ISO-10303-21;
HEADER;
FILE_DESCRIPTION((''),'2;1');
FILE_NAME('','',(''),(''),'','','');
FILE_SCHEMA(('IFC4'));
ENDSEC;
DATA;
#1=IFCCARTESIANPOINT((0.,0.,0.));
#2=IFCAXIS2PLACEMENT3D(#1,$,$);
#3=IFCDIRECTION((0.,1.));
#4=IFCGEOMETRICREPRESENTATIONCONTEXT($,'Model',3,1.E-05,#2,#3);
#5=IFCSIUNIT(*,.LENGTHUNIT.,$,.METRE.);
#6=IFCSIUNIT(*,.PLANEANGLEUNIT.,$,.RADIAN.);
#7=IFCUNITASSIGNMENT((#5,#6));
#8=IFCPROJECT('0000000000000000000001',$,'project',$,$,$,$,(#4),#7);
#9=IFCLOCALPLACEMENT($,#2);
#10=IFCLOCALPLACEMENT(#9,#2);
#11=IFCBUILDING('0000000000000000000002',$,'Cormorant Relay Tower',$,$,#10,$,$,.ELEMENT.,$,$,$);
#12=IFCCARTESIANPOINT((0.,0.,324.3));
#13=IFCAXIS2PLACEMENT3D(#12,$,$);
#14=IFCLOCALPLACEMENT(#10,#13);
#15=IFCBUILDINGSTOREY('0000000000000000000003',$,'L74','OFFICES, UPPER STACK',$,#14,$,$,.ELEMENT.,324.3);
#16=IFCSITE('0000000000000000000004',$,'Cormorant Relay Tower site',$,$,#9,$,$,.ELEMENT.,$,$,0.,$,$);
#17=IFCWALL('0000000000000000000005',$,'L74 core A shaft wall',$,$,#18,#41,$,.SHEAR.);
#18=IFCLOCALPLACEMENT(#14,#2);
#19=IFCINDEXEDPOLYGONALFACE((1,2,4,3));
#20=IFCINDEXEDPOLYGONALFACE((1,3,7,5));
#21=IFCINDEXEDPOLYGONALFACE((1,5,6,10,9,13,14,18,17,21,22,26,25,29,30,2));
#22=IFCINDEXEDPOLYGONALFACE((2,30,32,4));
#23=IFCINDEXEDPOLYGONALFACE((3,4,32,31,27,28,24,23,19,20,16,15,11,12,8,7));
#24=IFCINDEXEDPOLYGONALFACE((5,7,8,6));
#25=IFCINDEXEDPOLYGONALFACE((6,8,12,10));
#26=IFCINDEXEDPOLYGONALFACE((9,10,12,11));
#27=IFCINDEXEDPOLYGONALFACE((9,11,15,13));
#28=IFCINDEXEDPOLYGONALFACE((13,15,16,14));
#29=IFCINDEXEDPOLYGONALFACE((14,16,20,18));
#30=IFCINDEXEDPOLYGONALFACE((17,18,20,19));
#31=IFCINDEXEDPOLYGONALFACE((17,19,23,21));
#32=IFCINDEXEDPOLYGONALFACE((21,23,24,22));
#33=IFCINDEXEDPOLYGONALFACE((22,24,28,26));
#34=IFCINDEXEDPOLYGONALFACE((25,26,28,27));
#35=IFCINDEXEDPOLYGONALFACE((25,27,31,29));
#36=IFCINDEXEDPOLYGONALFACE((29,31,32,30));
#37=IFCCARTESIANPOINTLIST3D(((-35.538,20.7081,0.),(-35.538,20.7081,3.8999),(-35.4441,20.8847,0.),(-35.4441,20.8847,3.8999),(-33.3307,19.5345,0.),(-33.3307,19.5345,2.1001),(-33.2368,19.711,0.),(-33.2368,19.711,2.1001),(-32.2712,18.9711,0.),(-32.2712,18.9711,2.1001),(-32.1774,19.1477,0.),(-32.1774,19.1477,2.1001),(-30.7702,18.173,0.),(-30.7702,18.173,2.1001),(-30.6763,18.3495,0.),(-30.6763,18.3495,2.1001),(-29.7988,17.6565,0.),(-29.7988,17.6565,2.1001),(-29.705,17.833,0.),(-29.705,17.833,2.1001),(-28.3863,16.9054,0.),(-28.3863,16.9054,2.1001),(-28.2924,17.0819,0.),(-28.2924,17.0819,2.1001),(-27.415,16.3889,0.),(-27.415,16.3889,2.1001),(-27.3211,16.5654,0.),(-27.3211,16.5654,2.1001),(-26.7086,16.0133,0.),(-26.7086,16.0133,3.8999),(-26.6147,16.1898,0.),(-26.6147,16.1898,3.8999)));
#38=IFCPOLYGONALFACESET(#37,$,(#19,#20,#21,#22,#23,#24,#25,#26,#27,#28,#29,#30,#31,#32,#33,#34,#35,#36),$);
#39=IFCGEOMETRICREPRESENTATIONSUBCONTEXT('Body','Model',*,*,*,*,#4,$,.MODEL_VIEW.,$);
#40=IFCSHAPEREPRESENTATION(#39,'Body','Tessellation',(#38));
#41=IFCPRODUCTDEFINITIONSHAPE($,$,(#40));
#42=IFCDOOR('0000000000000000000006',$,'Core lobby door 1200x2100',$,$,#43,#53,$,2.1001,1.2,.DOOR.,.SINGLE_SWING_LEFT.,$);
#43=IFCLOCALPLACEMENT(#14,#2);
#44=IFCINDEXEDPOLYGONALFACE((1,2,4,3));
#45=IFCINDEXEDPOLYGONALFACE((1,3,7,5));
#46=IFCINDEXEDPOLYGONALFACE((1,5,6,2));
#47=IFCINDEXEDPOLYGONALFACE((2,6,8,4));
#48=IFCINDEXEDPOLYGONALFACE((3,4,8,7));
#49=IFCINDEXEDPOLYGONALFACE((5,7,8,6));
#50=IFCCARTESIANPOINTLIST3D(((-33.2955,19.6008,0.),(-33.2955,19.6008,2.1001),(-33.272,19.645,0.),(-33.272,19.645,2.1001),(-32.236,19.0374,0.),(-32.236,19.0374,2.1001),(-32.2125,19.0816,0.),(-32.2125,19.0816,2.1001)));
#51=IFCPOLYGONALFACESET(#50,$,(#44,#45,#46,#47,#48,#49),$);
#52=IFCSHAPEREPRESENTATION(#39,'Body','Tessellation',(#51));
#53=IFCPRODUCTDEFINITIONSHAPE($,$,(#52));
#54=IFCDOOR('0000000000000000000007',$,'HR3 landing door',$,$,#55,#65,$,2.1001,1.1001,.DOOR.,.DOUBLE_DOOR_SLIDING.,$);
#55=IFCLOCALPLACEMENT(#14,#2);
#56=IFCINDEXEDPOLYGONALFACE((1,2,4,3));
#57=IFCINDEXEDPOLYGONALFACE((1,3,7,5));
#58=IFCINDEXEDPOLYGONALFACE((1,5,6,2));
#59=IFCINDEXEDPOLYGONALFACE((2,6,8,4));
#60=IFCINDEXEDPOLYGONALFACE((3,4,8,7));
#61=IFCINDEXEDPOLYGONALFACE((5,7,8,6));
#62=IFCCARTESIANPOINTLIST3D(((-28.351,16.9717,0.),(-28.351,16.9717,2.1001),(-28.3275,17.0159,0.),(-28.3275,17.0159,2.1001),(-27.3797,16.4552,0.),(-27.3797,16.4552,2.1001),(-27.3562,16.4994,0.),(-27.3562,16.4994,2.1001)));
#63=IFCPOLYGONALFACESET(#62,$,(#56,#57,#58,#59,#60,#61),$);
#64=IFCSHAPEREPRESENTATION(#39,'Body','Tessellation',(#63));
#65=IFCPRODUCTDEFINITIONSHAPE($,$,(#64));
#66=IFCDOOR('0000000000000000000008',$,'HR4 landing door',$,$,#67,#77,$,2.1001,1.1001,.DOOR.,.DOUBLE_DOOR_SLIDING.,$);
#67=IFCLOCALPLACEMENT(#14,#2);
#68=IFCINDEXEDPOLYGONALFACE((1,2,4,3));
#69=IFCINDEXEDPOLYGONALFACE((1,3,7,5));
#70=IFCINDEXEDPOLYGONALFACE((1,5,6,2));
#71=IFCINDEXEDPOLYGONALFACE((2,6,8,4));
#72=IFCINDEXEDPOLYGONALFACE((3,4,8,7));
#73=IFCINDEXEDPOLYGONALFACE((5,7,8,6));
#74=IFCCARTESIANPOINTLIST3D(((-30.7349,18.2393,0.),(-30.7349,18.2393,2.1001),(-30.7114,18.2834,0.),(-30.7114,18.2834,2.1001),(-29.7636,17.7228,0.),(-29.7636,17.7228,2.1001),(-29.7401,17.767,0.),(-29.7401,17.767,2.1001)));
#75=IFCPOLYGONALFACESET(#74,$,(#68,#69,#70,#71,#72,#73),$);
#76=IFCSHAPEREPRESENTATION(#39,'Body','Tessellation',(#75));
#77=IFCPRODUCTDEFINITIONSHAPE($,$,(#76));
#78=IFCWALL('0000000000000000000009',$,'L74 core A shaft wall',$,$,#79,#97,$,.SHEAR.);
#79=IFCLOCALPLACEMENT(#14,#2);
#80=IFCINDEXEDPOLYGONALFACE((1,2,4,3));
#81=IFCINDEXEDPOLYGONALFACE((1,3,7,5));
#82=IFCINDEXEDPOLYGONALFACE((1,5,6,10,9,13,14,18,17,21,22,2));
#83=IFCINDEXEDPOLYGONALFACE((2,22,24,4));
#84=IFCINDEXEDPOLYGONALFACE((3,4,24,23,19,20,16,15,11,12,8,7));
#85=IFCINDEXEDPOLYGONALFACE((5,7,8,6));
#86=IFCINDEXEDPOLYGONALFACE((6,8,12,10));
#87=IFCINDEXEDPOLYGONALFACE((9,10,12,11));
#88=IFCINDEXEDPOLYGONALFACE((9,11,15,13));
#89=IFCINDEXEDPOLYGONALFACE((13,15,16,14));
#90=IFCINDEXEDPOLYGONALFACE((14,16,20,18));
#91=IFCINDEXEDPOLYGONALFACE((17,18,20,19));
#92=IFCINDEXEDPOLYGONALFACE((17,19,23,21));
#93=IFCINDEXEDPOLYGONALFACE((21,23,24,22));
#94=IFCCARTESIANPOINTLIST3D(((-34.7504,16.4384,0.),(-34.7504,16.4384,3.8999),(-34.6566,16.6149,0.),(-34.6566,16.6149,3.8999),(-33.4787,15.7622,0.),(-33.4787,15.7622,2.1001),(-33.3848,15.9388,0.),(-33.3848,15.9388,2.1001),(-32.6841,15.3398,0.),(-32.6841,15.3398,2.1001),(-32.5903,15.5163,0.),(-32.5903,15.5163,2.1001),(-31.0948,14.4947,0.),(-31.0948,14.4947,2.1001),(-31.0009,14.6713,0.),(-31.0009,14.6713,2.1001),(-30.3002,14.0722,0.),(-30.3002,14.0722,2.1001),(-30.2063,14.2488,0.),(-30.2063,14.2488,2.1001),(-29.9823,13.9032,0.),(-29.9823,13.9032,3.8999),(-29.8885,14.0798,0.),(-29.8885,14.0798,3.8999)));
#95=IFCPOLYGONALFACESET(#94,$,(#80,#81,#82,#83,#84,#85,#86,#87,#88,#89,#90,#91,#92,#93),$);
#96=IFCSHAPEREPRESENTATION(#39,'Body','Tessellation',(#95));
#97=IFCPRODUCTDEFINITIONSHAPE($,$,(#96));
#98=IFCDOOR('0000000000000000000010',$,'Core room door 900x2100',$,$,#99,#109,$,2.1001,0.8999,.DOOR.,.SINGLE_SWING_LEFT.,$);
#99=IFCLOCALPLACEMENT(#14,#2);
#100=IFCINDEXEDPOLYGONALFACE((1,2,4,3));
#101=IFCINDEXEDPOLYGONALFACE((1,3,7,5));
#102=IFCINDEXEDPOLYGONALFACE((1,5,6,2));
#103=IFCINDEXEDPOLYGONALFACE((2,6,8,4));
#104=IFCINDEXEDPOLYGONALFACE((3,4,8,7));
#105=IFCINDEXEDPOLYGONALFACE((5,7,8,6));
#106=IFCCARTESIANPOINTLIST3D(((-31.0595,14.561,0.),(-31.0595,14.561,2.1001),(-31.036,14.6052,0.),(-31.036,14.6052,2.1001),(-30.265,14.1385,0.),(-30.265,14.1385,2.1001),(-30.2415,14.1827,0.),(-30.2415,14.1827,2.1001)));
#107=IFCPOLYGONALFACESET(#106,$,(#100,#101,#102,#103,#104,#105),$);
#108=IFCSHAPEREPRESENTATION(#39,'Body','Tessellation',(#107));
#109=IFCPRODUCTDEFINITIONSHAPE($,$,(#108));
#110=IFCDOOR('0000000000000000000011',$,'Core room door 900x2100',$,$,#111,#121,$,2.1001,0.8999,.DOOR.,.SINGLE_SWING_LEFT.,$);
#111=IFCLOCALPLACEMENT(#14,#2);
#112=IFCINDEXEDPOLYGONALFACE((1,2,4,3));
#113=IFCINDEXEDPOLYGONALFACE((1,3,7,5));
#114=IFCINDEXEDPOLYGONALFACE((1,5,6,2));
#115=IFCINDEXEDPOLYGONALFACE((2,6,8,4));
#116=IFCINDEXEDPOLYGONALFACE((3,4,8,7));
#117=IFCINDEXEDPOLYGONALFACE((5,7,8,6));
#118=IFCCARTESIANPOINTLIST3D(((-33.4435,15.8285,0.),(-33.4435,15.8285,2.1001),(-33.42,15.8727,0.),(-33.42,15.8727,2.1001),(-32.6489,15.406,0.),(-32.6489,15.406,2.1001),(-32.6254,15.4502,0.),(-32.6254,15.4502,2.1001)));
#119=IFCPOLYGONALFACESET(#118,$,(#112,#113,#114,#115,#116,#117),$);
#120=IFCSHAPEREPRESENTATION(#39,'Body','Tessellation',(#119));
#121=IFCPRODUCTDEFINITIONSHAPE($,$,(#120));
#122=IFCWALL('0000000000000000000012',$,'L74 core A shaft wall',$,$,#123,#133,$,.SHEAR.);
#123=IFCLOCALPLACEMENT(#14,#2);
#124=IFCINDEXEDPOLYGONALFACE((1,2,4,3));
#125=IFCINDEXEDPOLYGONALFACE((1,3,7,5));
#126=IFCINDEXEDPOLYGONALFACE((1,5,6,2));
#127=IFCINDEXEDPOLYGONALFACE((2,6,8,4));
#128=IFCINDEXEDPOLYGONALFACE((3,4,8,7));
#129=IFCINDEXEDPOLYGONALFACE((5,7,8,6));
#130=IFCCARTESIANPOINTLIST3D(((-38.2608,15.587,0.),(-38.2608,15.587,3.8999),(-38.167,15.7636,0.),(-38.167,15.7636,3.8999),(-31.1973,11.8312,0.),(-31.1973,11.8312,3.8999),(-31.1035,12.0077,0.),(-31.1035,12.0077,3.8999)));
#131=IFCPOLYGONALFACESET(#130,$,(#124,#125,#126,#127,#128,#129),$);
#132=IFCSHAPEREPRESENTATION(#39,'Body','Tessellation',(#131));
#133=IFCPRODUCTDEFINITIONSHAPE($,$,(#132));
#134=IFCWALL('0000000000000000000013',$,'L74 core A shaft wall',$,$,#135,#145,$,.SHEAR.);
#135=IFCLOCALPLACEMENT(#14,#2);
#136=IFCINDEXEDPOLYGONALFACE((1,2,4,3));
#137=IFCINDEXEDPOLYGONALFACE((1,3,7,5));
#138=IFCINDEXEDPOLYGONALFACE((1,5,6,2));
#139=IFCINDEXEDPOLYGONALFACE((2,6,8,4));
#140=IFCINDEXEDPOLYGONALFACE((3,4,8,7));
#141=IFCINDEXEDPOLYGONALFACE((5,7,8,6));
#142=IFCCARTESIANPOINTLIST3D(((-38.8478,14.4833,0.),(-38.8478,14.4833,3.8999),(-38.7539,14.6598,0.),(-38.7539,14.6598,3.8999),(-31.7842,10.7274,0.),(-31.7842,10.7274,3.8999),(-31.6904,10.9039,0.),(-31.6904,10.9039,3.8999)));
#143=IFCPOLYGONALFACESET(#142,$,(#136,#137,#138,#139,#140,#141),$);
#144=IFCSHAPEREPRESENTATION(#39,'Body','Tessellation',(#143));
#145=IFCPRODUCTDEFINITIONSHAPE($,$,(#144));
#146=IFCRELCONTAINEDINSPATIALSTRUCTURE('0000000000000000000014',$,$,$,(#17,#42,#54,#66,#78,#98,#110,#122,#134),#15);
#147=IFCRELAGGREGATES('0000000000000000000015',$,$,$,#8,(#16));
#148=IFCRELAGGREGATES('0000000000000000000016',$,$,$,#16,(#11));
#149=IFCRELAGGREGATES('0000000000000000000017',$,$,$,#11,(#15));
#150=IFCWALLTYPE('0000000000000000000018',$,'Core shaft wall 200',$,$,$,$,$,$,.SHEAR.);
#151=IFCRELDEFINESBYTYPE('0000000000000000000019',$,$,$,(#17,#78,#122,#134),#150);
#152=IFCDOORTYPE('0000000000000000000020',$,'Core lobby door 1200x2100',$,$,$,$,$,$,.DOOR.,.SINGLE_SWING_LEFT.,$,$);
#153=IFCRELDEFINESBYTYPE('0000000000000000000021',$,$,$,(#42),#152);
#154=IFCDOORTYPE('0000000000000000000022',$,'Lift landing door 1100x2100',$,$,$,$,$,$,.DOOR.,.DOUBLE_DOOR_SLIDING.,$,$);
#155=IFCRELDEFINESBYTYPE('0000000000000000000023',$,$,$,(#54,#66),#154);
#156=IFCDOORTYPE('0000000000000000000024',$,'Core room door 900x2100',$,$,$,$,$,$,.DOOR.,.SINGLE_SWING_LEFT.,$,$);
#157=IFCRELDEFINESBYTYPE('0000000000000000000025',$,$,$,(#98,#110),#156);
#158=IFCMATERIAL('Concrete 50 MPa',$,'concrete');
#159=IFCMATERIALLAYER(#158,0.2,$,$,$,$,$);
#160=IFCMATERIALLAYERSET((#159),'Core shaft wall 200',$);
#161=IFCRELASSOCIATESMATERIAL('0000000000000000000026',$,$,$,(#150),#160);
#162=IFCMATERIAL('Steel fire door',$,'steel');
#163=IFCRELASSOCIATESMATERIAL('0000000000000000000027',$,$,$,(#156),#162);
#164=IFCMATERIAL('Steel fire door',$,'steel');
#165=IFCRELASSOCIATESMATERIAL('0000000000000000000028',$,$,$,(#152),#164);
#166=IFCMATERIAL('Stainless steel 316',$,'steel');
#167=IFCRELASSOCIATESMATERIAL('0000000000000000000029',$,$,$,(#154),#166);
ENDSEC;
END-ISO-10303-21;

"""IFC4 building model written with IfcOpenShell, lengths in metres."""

from ifc_helpers import new_model, si_unit, direction, frame, frame_2d, origin, place, context, subcontext, project, spatial, rectangle, extrude, material, layer, layer_set, type_object, element, fill, save


model = new_model("IFC4")

# Units and contexts
model_context = context("Model", 3, precision=1e-05, world=origin(), true_north=direction((0.0, 1.0)))
body_context = subcontext(model_context, "Body", "Model", "MODEL_VIEW")
ifc_project = project(units=[si_unit("LENGTHUNIT", "METRE"), si_unit("PLANEANGLEUNIT", "RADIAN")], contexts=[model_context])

# Site, building, storey
site_placement = place(None, origin())
site = spatial("IfcSite", under=ifc_project, at=site_placement, Name="Cormorant Relay Tower site", CompositionType="ELEMENT", RefElevation=0.0)
building_placement = place(site_placement, origin())
building = spatial("IfcBuilding", under=site, at=building_placement, Name="Cormorant Relay Tower", CompositionType="ELEMENT")
storey_placement = place(building_placement, frame((0.0, 0.0, 324.3)))
storey = spatial("IfcBuildingStorey", under=building, at=storey_placement, Name="L74", Description="OFFICES, UPPER STACK", CompositionType="ELEMENT", Elevation=324.3)

# Shared definitions
ifc_material_1 = material(Name="Concrete 50 MPa", Category="concrete")
ifc_layer_1 = layer(ifc_material_1, 0.2)
ifc_layer_set_1 = layer_set([ifc_layer_1], Name="Core shaft wall 200")
wall_type_1 = type_object("IfcWallType", Name="Core shaft wall 200", PredefinedType="SHEAR", material=ifc_layer_set_1)
ifc_material_2 = material(Name="Steel fire door", Category="steel")
door_type_1 = type_object("IfcDoorType", Name="Core room door 900x2100", OperationType="SINGLE_SWING_LEFT", PredefinedType="DOOR", material=ifc_material_2)

# Walls, openings, doors
wall_1_placement = place(storey_placement, frame((-26.6616, 16.1016, 0.0), z_axis=(0.0, 0.0, 1.0), x_axis=(-0.88294, 0.469485, 0.0)))
wall_1 = element("IfcWall", 1, at=wall_1_placement, inside=storey, type_object=wall_type_1, Name="L74 core A shaft wall", PredefinedType="SHEAR", context=body_context, shape_type="SweptSolid", body=[
    extrude(rectangle(XDim=10.0, YDim=0.2, at=frame_2d((5.0, 0.0))), origin(), (0.0, 0.0, 1.0), 3.8999),
])
opening_1_placement = place(wall_1_placement, frame((6.3, 0.0, 0.0)))
opening_1 = element("IfcOpeningElement", 2, at=opening_1_placement, cuts=wall_1, PredefinedType="OPENING", context=body_context, shape_type="SweptSolid", body=[
    extrude(rectangle(XDim=1.2, YDim=2.1001, at=frame_2d((0.6001, 1.05))), frame((0.0, 0.1099, 0.0), z_axis=(0.0, -1.0, 0.0), x_axis=(1.0, 0.0, 0.0)), (0.0, 0.0, 1.0), 0.22),
])
opening_2_placement = place(wall_1_placement, frame((0.8, 0.0, 0.0)))
opening_2 = element("IfcOpeningElement", 3, at=opening_2_placement, cuts=wall_1, PredefinedType="OPENING", context=body_context, shape_type="SweptSolid", body=[
    extrude(rectangle(XDim=1.1001, YDim=2.1001, at=frame_2d((0.55, 1.05))), frame((0.0, 0.1099, 0.0), z_axis=(0.0, -1.0, 0.0), x_axis=(1.0, 0.0, 0.0)), (0.0, 0.0, 1.0), 0.22),
])
opening_3_placement = place(wall_1_placement, frame((3.5, 0.0, 0.0)))
opening_3 = element("IfcOpeningElement", 4, at=opening_3_placement, cuts=wall_1, PredefinedType="OPENING", context=body_context, shape_type="SweptSolid", body=[
    extrude(rectangle(XDim=1.1001, YDim=2.1001, at=frame_2d((0.55, 1.05))), frame((0.0, 0.1099, 0.0), z_axis=(0.0, -1.0, 0.0), x_axis=(1.0, 0.0, 0.0)), (0.0, 0.0, 1.0), 0.22),
])
ifc_material_3 = material(Name="Steel fire door", Category="steel")
door_type_2 = type_object("IfcDoorType", Name="Core lobby door 1200x2100", OperationType="SINGLE_SWING_LEFT", PredefinedType="DOOR", material=ifc_material_3)
door_1_placement = place(opening_1_placement, origin())
door_1 = element("IfcDoor", 5, at=door_1_placement, inside=storey, type_object=door_type_2, Name="Core lobby door 1200x2100", OperationType="SINGLE_SWING_LEFT", OverallHeight=2.1001, OverallWidth=1.2, PredefinedType="DOOR", context=body_context, shape_type="SweptSolid", body=[
    extrude(rectangle(XDim=1.2, YDim=2.1001, at=frame_2d((0.6001, 1.05))), frame((0.0, 0.0249, 0.0), z_axis=(0.0, -1.0, 0.0), x_axis=(1.0, 0.0, 0.0)), (0.0, 0.0, 1.0), 0.05),
])
fill(opening_1, door_1)
ifc_material_4 = material(Name="Stainless steel 316", Category="steel")
door_type_3 = type_object("IfcDoorType", Name="Lift landing door 1100x2100", OperationType="DOUBLE_DOOR_SLIDING", PredefinedType="DOOR", material=ifc_material_4)
door_2_placement = place(opening_2_placement, origin())
door_2 = element("IfcDoor", 6, at=door_2_placement, inside=storey, type_object=door_type_3, Name="HR3 landing door", OperationType="DOUBLE_DOOR_SLIDING", OverallHeight=2.1001, OverallWidth=1.1001, PredefinedType="DOOR", context=body_context, shape_type="SweptSolid", body=[
    extrude(rectangle(XDim=1.1001, YDim=2.1001, at=frame_2d((0.55, 1.05))), frame((0.0, 0.0249, 0.0), z_axis=(0.0, -1.0, 0.0), x_axis=(1.0, 0.0, 0.0)), (0.0, 0.0, 1.0), 0.05),
])
fill(opening_2, door_2)
door_3_placement = place(opening_3_placement, origin())
door_3 = element("IfcDoor", 7, at=door_3_placement, inside=storey, type_object=door_type_3, Name="HR4 landing door", OperationType="DOUBLE_DOOR_SLIDING", OverallHeight=2.1001, OverallWidth=1.1001, PredefinedType="DOOR", context=body_context, shape_type="SweptSolid", body=[
    extrude(rectangle(XDim=1.1001, YDim=2.1001, at=frame_2d((0.55, 1.05))), frame((0.0, 0.0249, 0.0), z_axis=(0.0, -1.0, 0.0), x_axis=(1.0, 0.0, 0.0)), (0.0, 0.0, 1.0), 0.05),
])
fill(opening_3, door_3)
wall_2_placement = place(storey_placement, frame((-29.9353, 13.9915, 0.0), z_axis=(0.0, 0.0, 1.0), x_axis=(-0.882953, 0.469462, 0.0)))
wall_2 = element("IfcWall", 8, at=wall_2_placement, inside=storey, type_object=wall_type_1, Name="L74 core A shaft wall", PredefinedType="SHEAR", context=body_context, shape_type="SweptSolid", body=[
    extrude(rectangle(XDim=5.4001, YDim=0.2, at=frame_2d((2.7002, 0.0))), origin(), (0.0, 0.0, 1.0), 3.8999),
])
opening_4_placement = place(wall_2_placement, frame((0.3601, 0.0, 0.0)))
opening_4 = element("IfcOpeningElement", 9, at=opening_4_placement, cuts=wall_2, PredefinedType="OPENING", context=body_context, shape_type="SweptSolid", body=[
    extrude(rectangle(XDim=0.8999, YDim=2.1001, at=frame_2d((0.45, 1.05))), frame((0.0, 0.1099, 0.0), z_axis=(0.0, -1.0, 0.0), x_axis=(1.0, 0.0, 0.0)), (0.0, 0.0, 1.0), 0.22),
])
opening_5_placement = place(wall_2_placement, frame((3.0601, 0.0, 0.0)))
opening_5 = element("IfcOpeningElement", 10, at=opening_5_placement, cuts=wall_2, PredefinedType="OPENING", context=body_context, shape_type="SweptSolid", body=[
    extrude(rectangle(XDim=0.8999, YDim=2.1001, at=frame_2d((0.45, 1.05))), frame((0.0, 0.1099, 0.0), z_axis=(0.0, -1.0, 0.0), x_axis=(1.0, 0.0, 0.0)), (0.0, 0.0, 1.0), 0.22),
])
door_4_placement = place(opening_4_placement, origin())
door_4 = element("IfcDoor", 11, at=door_4_placement, inside=storey, type_object=door_type_1, Name="Core room door 900x2100", OperationType="SINGLE_SWING_LEFT", OverallHeight=2.1001, OverallWidth=0.8999, PredefinedType="DOOR", context=body_context, shape_type="SweptSolid", body=[
    extrude(rectangle(XDim=0.8999, YDim=2.1001, at=frame_2d((0.45, 1.05))), frame((0.0, 0.0249, 0.0), z_axis=(0.0, -1.0, 0.0), x_axis=(1.0, 0.0, 0.0)), (0.0, 0.0, 1.0), 0.05),
])
fill(opening_4, door_4)
door_5_placement = place(opening_5_placement, origin())
door_5 = element("IfcDoor", 12, at=door_5_placement, inside=storey, type_object=door_type_1, Name="Core room door 900x2100", OperationType="SINGLE_SWING_LEFT", OverallHeight=2.1001, OverallWidth=0.8999, PredefinedType="DOOR", context=body_context, shape_type="SweptSolid", body=[
    extrude(rectangle(XDim=0.8999, YDim=2.1001, at=frame_2d((0.45, 1.05))), frame((0.0, 0.0249, 0.0), z_axis=(0.0, -1.0, 0.0), x_axis=(1.0, 0.0, 0.0)), (0.0, 0.0, 1.0), 0.05),
])
fill(opening_5, door_5)

# Walls
for number, where, z_axis, x_axis, name in (
    (13, (-31.1504, 11.9194, 0.0), (0.0, 0.0, 1.0), (-0.88294, 0.469485, 0.0), "L74 core A shaft wall"),
    (14, (-31.7373, 10.8157, 0.0), (0.0, 0.0, 1.0), (-0.88294, 0.469485, 0.0), "L74 core A shaft wall"),
):
    element("IfcWall", number, at=place(storey_placement, frame(where, z_axis=z_axis, x_axis=x_axis)), inside=storey, type_object=wall_type_1, Name=name, PredefinedType="SHEAR", context=body_context, shape_type="SweptSolid", body=[
        extrude(rectangle(XDim=8.0, YDim=0.2, at=frame_2d((4.0, 0.0))), origin(), (0.0, 0.0, 1.0), 3.8999),
    ])

save(model, "model.ifc")
